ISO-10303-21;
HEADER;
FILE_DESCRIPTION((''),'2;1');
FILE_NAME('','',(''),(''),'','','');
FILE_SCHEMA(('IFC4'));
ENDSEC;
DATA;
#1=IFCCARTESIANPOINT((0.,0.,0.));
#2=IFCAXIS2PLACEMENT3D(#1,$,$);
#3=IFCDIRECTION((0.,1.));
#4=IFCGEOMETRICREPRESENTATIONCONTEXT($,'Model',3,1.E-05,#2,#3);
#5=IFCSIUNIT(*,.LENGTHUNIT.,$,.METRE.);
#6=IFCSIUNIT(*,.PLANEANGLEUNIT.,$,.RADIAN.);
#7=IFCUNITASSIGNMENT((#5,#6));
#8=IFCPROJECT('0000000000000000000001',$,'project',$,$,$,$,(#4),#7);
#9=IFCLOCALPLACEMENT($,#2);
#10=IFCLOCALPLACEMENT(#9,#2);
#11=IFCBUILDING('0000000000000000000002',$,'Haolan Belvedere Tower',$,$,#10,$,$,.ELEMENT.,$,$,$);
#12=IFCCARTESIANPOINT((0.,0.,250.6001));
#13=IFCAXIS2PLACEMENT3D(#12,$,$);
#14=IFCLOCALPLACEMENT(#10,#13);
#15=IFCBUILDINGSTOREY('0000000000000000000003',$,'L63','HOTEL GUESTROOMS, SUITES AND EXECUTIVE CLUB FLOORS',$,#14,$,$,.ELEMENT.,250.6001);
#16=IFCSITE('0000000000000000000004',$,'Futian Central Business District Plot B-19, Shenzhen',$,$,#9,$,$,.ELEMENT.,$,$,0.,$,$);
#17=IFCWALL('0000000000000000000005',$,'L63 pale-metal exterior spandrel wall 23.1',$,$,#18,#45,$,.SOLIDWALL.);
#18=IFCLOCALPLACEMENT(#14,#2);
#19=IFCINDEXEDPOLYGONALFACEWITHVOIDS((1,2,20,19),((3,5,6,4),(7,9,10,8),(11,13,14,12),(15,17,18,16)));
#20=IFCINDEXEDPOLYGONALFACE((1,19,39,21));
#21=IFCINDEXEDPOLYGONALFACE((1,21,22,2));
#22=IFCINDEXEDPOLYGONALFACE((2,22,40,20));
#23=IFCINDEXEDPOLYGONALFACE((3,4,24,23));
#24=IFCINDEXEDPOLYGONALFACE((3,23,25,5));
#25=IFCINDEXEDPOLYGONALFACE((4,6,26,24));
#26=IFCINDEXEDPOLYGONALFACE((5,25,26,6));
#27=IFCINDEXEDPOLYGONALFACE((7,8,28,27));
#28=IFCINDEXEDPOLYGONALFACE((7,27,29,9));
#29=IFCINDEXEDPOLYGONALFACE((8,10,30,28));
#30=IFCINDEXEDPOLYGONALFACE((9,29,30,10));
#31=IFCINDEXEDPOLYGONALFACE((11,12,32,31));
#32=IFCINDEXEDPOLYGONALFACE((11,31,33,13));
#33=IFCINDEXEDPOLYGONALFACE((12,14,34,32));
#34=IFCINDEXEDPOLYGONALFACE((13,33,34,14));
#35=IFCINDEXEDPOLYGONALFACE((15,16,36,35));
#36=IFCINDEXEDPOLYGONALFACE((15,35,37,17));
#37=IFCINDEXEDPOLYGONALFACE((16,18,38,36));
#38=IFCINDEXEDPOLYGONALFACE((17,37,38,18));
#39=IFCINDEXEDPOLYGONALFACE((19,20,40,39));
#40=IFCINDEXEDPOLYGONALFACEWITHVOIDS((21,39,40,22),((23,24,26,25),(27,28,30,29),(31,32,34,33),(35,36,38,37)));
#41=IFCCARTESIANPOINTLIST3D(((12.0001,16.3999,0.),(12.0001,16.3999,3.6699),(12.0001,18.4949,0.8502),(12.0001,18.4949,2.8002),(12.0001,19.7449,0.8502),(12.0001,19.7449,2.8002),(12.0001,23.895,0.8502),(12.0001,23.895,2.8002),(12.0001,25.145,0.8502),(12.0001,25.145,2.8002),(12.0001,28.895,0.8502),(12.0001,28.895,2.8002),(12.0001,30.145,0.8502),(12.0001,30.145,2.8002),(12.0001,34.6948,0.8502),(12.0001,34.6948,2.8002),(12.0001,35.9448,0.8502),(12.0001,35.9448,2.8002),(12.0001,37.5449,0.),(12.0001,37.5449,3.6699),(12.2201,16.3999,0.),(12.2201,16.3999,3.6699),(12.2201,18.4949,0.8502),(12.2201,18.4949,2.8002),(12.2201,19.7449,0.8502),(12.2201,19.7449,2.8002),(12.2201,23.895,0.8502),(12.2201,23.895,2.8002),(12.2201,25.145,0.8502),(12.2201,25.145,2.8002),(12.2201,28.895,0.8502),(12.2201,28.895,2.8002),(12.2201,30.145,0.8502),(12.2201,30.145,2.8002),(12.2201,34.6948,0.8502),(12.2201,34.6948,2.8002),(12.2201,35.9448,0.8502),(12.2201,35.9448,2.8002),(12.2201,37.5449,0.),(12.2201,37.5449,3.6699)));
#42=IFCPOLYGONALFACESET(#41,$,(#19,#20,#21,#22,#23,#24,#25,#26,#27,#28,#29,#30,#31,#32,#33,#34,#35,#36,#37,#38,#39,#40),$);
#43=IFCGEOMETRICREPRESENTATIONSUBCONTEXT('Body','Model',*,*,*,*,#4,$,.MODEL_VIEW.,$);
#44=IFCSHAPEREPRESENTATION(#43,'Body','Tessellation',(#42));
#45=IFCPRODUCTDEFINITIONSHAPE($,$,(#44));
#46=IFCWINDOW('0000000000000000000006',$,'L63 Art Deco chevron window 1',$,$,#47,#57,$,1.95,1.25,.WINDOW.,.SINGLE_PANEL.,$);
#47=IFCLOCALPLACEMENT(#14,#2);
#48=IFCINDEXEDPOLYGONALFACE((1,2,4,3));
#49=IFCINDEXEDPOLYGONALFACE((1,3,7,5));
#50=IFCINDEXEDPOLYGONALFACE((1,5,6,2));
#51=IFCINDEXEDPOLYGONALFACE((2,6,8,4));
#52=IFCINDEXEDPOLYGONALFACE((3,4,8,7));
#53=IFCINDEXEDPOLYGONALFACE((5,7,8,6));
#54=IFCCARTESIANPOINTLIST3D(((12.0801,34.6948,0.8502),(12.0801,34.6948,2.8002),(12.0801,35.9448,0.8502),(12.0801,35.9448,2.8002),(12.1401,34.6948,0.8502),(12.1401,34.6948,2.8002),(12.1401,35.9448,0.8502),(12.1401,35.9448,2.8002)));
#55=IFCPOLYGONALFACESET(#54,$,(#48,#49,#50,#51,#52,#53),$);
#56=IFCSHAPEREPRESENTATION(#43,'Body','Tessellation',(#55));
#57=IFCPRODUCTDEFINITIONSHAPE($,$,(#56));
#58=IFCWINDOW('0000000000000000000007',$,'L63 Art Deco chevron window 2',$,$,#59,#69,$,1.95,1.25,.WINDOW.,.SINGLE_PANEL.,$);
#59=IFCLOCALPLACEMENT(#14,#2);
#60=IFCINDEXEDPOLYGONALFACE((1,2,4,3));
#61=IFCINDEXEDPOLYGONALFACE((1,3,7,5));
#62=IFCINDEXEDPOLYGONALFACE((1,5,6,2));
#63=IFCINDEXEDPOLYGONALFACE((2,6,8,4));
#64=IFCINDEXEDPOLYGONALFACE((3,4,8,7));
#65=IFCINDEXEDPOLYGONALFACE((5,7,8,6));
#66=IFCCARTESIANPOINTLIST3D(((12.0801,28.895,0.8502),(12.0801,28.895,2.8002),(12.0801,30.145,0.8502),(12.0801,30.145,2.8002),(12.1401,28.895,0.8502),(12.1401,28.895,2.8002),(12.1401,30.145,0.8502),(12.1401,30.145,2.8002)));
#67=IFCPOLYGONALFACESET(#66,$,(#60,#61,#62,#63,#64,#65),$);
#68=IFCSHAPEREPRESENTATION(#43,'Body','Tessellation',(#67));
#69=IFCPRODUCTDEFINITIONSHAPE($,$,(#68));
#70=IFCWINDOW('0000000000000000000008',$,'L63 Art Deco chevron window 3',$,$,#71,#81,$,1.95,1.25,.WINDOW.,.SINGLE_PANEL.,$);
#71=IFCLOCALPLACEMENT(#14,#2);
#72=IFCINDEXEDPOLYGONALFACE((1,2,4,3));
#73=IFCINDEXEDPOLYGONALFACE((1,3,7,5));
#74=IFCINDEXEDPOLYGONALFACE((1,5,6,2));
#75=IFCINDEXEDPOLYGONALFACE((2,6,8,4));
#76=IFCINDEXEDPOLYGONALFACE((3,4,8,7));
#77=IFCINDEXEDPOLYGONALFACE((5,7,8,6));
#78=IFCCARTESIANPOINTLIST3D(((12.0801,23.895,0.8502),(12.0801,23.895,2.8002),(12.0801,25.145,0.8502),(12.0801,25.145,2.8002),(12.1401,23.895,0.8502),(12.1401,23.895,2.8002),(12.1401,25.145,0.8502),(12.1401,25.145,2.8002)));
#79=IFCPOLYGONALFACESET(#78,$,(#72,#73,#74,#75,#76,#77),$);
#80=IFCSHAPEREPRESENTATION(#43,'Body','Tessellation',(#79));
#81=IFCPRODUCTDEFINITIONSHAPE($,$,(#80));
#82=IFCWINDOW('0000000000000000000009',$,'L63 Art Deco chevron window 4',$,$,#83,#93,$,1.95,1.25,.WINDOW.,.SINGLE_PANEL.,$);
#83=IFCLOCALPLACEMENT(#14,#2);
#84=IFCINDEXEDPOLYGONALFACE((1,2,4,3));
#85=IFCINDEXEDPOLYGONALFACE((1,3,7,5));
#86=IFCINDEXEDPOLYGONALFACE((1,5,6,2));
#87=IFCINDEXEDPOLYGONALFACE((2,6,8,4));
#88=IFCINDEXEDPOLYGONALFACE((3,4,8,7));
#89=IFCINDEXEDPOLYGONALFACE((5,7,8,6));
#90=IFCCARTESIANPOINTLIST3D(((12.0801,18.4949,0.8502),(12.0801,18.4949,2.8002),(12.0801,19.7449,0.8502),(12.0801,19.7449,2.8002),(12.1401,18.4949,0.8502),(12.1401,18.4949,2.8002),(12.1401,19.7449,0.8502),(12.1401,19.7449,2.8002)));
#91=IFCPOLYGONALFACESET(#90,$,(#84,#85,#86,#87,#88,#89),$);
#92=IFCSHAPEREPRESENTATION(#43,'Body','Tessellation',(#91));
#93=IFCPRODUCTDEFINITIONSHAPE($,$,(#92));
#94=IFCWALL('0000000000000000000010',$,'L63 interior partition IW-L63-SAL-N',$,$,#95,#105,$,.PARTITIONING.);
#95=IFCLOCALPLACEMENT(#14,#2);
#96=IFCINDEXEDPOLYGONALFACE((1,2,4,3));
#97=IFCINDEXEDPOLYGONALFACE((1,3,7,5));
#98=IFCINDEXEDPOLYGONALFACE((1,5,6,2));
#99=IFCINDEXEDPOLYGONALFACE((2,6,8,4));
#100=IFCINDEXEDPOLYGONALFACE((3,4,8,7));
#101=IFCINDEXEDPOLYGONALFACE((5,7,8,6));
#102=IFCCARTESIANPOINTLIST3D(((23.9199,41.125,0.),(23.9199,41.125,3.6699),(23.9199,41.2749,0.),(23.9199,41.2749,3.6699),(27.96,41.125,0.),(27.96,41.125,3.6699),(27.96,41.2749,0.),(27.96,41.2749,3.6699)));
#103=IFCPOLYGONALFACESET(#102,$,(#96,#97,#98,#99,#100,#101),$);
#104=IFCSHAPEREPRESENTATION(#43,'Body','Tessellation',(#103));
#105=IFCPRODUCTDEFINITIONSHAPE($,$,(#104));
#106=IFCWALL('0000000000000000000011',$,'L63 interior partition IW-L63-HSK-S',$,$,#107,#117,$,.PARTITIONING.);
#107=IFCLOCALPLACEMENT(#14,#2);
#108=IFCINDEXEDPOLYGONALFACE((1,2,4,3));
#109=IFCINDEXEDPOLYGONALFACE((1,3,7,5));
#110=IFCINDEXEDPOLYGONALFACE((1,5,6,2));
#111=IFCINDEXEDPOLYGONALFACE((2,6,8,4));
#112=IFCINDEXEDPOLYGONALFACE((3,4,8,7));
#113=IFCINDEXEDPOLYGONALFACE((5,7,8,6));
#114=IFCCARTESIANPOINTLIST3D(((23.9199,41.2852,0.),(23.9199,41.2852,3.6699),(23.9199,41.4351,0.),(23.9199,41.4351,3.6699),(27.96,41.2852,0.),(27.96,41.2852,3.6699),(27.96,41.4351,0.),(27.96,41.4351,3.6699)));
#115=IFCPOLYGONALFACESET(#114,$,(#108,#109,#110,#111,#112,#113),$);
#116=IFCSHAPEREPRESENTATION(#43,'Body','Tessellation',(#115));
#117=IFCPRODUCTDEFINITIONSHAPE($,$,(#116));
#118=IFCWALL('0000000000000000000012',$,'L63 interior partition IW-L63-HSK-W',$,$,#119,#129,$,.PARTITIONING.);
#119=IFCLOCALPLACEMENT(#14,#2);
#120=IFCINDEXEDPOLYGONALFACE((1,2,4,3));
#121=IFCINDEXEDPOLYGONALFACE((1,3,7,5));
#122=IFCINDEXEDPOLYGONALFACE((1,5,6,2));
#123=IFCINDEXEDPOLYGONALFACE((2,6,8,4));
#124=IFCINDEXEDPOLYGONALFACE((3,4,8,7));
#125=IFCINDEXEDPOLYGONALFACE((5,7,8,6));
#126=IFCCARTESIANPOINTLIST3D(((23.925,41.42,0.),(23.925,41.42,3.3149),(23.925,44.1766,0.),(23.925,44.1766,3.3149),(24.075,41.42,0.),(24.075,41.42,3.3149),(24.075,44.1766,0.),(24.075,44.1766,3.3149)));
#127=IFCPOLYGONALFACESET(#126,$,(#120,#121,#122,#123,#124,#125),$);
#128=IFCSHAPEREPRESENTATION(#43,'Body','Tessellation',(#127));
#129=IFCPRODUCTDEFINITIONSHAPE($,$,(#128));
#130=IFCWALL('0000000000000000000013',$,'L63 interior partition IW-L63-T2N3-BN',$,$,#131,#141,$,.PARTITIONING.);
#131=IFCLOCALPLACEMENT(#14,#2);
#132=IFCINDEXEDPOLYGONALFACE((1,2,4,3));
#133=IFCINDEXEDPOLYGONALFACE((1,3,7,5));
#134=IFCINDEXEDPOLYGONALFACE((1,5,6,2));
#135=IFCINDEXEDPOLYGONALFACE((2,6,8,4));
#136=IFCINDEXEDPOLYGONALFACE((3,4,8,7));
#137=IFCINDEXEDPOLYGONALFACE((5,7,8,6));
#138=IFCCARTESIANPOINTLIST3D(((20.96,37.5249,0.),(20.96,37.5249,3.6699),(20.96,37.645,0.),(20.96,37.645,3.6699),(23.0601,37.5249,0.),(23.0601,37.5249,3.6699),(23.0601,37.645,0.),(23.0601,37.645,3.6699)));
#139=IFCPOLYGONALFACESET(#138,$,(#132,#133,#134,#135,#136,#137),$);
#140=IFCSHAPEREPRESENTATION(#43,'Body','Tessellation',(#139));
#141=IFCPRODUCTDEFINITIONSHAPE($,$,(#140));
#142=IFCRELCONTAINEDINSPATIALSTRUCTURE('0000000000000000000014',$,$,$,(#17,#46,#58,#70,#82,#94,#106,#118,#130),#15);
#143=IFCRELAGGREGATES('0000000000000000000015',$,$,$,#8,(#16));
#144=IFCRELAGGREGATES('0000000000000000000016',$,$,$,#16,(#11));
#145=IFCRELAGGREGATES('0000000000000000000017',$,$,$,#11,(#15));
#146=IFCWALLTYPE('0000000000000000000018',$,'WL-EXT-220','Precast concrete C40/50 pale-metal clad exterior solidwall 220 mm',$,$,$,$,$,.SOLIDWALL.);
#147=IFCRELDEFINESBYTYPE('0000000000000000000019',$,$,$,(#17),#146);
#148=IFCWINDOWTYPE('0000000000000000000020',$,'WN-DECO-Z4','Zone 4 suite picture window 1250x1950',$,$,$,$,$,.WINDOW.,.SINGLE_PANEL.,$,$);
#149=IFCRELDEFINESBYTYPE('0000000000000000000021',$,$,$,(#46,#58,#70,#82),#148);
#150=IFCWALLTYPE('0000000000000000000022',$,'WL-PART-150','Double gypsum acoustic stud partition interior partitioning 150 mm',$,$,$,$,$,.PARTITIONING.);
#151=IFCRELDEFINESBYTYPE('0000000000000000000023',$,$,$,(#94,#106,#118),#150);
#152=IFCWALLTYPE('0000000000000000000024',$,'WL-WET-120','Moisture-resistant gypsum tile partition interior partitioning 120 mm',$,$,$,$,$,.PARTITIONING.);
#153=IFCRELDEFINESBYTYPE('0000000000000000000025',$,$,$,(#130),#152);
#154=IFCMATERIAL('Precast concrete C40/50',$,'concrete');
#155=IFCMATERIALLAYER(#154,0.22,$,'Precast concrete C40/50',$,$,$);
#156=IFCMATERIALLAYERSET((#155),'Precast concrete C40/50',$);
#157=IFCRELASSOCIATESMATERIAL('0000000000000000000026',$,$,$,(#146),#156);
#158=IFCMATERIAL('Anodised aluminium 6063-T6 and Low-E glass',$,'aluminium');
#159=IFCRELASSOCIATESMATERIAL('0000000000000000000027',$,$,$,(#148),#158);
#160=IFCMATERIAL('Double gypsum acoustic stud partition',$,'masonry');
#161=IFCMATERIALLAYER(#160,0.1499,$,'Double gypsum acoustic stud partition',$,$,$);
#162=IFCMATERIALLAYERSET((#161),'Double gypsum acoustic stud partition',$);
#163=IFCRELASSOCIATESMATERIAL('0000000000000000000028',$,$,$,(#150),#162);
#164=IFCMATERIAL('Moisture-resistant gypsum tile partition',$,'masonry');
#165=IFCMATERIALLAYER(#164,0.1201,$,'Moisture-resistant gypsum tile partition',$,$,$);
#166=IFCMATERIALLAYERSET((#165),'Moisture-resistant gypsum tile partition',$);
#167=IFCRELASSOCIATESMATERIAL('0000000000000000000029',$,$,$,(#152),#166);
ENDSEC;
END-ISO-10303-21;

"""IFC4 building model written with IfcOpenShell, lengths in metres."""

from ifc_helpers import new_model, si_unit, direction, frame, frame_2d, origin, place, context, subcontext, project, spatial, rectangle, extrude, material, layer, layer_set, type_object, element, fill, save


model = new_model("IFC4")

# Units and contexts
model_context = context("Model", 3, precision=1e-05, world=origin(), true_north=direction((0.0, 1.0)))
body_context = subcontext(model_context, "Body", "Model", "MODEL_VIEW")
ifc_project = project(units=[si_unit("LENGTHUNIT", "METRE"), si_unit("PLANEANGLEUNIT", "RADIAN")], contexts=[model_context])

# Site, building, storey
site_placement = place(None, origin())
site = spatial("IfcSite", under=ifc_project, at=site_placement, Name="Futian Central Business District Plot B-19, Shenzhen", CompositionType="ELEMENT", RefElevation=0.0)
building_placement = place(site_placement, origin())
building = spatial("IfcBuilding", under=site, at=building_placement, Name="Haolan Belvedere Tower", CompositionType="ELEMENT")
storey_placement = place(building_placement, frame((0.0, 0.0, 250.6001)))
storey = spatial("IfcBuildingStorey", under=building, at=storey_placement, Name="L63", Description="HOTEL GUESTROOMS, SUITES AND EXECUTIVE CLUB FLOORS", CompositionType="ELEMENT", Elevation=250.6001)

# Shared definitions
ifc_material_1 = material(Name="Precast concrete C40/50", Category="concrete")
ifc_layer_1 = layer(ifc_material_1, 0.22, Name="Precast concrete C40/50")
ifc_layer_set_1 = layer_set([ifc_layer_1], Name="Precast concrete C40/50")
wall_type_1 = type_object("IfcWallType", Name="WL-EXT-220", Description="Precast concrete C40/50 pale-metal clad exterior solidwall 220 mm", PredefinedType="SOLIDWALL", material=ifc_layer_set_1)

# Shared definitions
ifc_material_2 = material(Name="Anodised aluminium 6063-T6 and Low-E glass", Category="aluminium")
window_type = type_object("IfcWindowType", Name="WN-DECO-Z4", Description="Zone 4 suite picture window 1250x1950", PartitioningType="SINGLE_PANEL", PredefinedType="WINDOW", material=ifc_material_2)

# Wall, openings, windows
wall_1_placement = place(storey_placement, frame((12.1101, 37.5449, 0.0), z_axis=(0.0, 0.0, 1.0), x_axis=(0.0, -1.0, 0.0)))
wall_1 = element("IfcWall", 1, at=wall_1_placement, inside=storey, type_object=wall_type_1, Name="L63 pale-metal exterior spandrel wall 23.1", PredefinedType="SOLIDWALL", context=body_context, shape_type="SweptSolid", body=[
    extrude(rectangle(XDim=21.145, YDim=0.22, at=frame_2d((10.5725, 0.0))), origin(), (0.0, 0.0, 1.0), 3.6699),
])
opening_1_placement = place(wall_1_placement, frame((1.6001, 0.0, 0.8501)))
opening_1 = element("IfcOpeningElement", 2, at=opening_1_placement, cuts=wall_1, PredefinedType="OPENING", context=body_context, shape_type="SweptSolid", body=[
    extrude(rectangle(XDim=1.25, YDim=1.95, at=frame_2d((0.625, 0.9751))), frame((0.0, 0.1199, 0.0), z_axis=(0.0, -1.0, 0.0), x_axis=(1.0, 0.0, 0.0)), (0.0, 0.0, 1.0), 0.24),
])
opening_2_placement = place(wall_1_placement, frame((7.3999, 0.0, 0.8501)))
opening_2 = element("IfcOpeningElement", 3, at=opening_2_placement, cuts=wall_1, PredefinedType="OPENING", context=body_context, shape_type="SweptSolid", body=[
    extrude(rectangle(XDim=1.25, YDim=1.95, at=frame_2d((0.625, 0.9751))), frame((0.0, 0.1199, 0.0), z_axis=(0.0, -1.0, 0.0), x_axis=(1.0, 0.0, 0.0)), (0.0, 0.0, 1.0), 0.24),
])
opening_3_placement = place(wall_1_placement, frame((12.3999, 0.0, 0.8501)))
opening_3 = element("IfcOpeningElement", 4, at=opening_3_placement, cuts=wall_1, PredefinedType="OPENING", context=body_context, shape_type="SweptSolid", body=[
    extrude(rectangle(XDim=1.25, YDim=1.95, at=frame_2d((0.625, 0.9751))), frame((0.0, 0.1199, 0.0), z_axis=(0.0, -1.0, 0.0), x_axis=(1.0, 0.0, 0.0)), (0.0, 0.0, 1.0), 0.24),
])
opening_4_placement = place(wall_1_placement, frame((17.8, 0.0, 0.8501)))
opening_4 = element("IfcOpeningElement", 5, at=opening_4_placement, cuts=wall_1, PredefinedType="OPENING", context=body_context, shape_type="SweptSolid", body=[
    extrude(rectangle(XDim=1.25, YDim=1.95, at=frame_2d((0.625, 0.9751))), frame((0.0, 0.1199, 0.0), z_axis=(0.0, -1.0, 0.0), x_axis=(1.0, 0.0, 0.0)), (0.0, 0.0, 1.0), 0.24),
])
window_1_placement = place(opening_1_placement, origin())
window_1 = element("IfcWindow", 6, at=window_1_placement, inside=storey, type_object=window_type, Name="L63 Art Deco chevron window 1", OverallHeight=1.95, OverallWidth=1.25, PartitioningType="SINGLE_PANEL", PredefinedType="WINDOW", context=body_context, shape_type="SweptSolid", body=[
    extrude(rectangle(XDim=1.25, YDim=1.95, at=frame_2d((0.625, 0.9751))), frame((0.0, 0.03, 0.0), z_axis=(0.0, -1.0, 0.0), x_axis=(1.0, 0.0, 0.0)), (0.0, 0.0, 1.0), 0.0601),
])
fill(opening_1, window_1)
window_2_placement = place(opening_2_placement, origin())
window_2 = element("IfcWindow", 7, at=window_2_placement, inside=storey, type_object=window_type, Name="L63 Art Deco chevron window 2", OverallHeight=1.95, OverallWidth=1.25, PartitioningType="SINGLE_PANEL", PredefinedType="WINDOW", context=body_context, shape_type="SweptSolid", body=[
    extrude(rectangle(XDim=1.25, YDim=1.95, at=frame_2d((0.625, 0.9751))), frame((0.0, 0.03, 0.0), z_axis=(0.0, -1.0, 0.0), x_axis=(1.0, 0.0, 0.0)), (0.0, 0.0, 1.0), 0.0601),
])
fill(opening_2, window_2)
window_3_placement = place(opening_3_placement, origin())
window_3 = element("IfcWindow", 8, at=window_3_placement, inside=storey, type_object=window_type, Name="L63 Art Deco chevron window 3", OverallHeight=1.95, OverallWidth=1.25, PartitioningType="SINGLE_PANEL", PredefinedType="WINDOW", context=body_context, shape_type="SweptSolid", body=[
    extrude(rectangle(XDim=1.25, YDim=1.95, at=frame_2d((0.625, 0.9751))), frame((0.0, 0.03, 0.0), z_axis=(0.0, -1.0, 0.0), x_axis=(1.0, 0.0, 0.0)), (0.0, 0.0, 1.0), 0.0601),
])
fill(opening_3, window_3)
window_4_placement = place(opening_4_placement, origin())
window_4 = element("IfcWindow", 9, at=window_4_placement, inside=storey, type_object=window_type, Name="L63 Art Deco chevron window 4", OverallHeight=1.95, OverallWidth=1.25, PartitioningType="SINGLE_PANEL", PredefinedType="WINDOW", context=body_context, shape_type="SweptSolid", body=[
    extrude(rectangle(XDim=1.25, YDim=1.95, at=frame_2d((0.625, 0.9751))), frame((0.0, 0.03, 0.0), z_axis=(0.0, -1.0, 0.0), x_axis=(1.0, 0.0, 0.0)), (0.0, 0.0, 1.0), 0.0601),
])
fill(opening_4, window_4)

# Walls
ifc_material_3 = material(Name="Double gypsum acoustic stud partition", Category="masonry")
ifc_layer_2 = layer(ifc_material_3, 0.1499, Name="Double gypsum acoustic stud partition")
ifc_layer_set_2 = layer_set([ifc_layer_2], Name="Double gypsum acoustic stud partition")
wall_type_2 = type_object("IfcWallType", Name="WL-PART-150", Description="Double gypsum acoustic stud partition interior partitioning 150 mm", PredefinedType="PARTITIONING", material=ifc_layer_set_2)
for number, where, z_axis, x_axis, name in (
    (10, (23.9199, 41.2, 0.0), (0.0, 0.0, 1.0), (1.0, 0.0, 0.0), "L63 interior partition IW-L63-SAL-N"),
    (11, (23.9199, 41.3601, 0.0), (0.0, 0.0, 1.0), (1.0, 0.0, 0.0), "L63 interior partition IW-L63-HSK-S"),
):
    element("IfcWall", number, at=place(storey_placement, frame(where, z_axis=z_axis, x_axis=x_axis)), inside=storey, type_object=wall_type_2, Name=name, PredefinedType="PARTITIONING", context=body_context, shape_type="SweptSolid", body=[
        extrude(rectangle(XDim=4.04, YDim=0.1499, at=frame_2d((2.02, 0.0))), origin(), (0.0, 0.0, 1.0), 3.6699),
    ])
wall_2_placement = place(storey_placement, frame((24.0, 41.4199, 0.0), z_axis=(0.0, 0.0, 1.0), x_axis=(0.0, 1.0, 0.0)))
element("IfcWall", 12, at=wall_2_placement, inside=storey, type_object=wall_type_2, Name="L63 interior partition IW-L63-HSK-W", PredefinedType="PARTITIONING", context=body_context, shape_type="SweptSolid", body=[
    extrude(rectangle(XDim=2.7566, YDim=0.1499, at=frame_2d((1.3784, 0.0))), origin(), (0.0, 0.0, 1.0), 3.3149),
])
ifc_material_4 = material(Name="Moisture-resistant gypsum tile partition", Category="masonry")
ifc_layer_3 = layer(ifc_material_4, 0.1201, Name="Moisture-resistant gypsum tile partition")
ifc_layer_set_3 = layer_set([ifc_layer_3], Name="Moisture-resistant gypsum tile partition")
wall_type_3 = type_object("IfcWallType", Name="WL-WET-120", Description="Moisture-resistant gypsum tile partition interior partitioning 120 mm", PredefinedType="PARTITIONING", material=ifc_layer_set_3)
wall_3_placement = place(storey_placement, frame((20.96, 37.585, 0.0), z_axis=(0.0, 0.0, 1.0), x_axis=(1.0, 0.0, 0.0)))
element("IfcWall", 13, at=wall_3_placement, inside=storey, type_object=wall_type_3, Name="L63 interior partition IW-L63-T2N3-BN", PredefinedType="PARTITIONING", context=body_context, shape_type="SweptSolid", body=[
    extrude(rectangle(XDim=2.1001, YDim=0.1201, at=frame_2d((1.05, 0.0))), origin(), (0.0, 0.0, 1.0), 3.6699),
])

save(model, "model.ifc")
